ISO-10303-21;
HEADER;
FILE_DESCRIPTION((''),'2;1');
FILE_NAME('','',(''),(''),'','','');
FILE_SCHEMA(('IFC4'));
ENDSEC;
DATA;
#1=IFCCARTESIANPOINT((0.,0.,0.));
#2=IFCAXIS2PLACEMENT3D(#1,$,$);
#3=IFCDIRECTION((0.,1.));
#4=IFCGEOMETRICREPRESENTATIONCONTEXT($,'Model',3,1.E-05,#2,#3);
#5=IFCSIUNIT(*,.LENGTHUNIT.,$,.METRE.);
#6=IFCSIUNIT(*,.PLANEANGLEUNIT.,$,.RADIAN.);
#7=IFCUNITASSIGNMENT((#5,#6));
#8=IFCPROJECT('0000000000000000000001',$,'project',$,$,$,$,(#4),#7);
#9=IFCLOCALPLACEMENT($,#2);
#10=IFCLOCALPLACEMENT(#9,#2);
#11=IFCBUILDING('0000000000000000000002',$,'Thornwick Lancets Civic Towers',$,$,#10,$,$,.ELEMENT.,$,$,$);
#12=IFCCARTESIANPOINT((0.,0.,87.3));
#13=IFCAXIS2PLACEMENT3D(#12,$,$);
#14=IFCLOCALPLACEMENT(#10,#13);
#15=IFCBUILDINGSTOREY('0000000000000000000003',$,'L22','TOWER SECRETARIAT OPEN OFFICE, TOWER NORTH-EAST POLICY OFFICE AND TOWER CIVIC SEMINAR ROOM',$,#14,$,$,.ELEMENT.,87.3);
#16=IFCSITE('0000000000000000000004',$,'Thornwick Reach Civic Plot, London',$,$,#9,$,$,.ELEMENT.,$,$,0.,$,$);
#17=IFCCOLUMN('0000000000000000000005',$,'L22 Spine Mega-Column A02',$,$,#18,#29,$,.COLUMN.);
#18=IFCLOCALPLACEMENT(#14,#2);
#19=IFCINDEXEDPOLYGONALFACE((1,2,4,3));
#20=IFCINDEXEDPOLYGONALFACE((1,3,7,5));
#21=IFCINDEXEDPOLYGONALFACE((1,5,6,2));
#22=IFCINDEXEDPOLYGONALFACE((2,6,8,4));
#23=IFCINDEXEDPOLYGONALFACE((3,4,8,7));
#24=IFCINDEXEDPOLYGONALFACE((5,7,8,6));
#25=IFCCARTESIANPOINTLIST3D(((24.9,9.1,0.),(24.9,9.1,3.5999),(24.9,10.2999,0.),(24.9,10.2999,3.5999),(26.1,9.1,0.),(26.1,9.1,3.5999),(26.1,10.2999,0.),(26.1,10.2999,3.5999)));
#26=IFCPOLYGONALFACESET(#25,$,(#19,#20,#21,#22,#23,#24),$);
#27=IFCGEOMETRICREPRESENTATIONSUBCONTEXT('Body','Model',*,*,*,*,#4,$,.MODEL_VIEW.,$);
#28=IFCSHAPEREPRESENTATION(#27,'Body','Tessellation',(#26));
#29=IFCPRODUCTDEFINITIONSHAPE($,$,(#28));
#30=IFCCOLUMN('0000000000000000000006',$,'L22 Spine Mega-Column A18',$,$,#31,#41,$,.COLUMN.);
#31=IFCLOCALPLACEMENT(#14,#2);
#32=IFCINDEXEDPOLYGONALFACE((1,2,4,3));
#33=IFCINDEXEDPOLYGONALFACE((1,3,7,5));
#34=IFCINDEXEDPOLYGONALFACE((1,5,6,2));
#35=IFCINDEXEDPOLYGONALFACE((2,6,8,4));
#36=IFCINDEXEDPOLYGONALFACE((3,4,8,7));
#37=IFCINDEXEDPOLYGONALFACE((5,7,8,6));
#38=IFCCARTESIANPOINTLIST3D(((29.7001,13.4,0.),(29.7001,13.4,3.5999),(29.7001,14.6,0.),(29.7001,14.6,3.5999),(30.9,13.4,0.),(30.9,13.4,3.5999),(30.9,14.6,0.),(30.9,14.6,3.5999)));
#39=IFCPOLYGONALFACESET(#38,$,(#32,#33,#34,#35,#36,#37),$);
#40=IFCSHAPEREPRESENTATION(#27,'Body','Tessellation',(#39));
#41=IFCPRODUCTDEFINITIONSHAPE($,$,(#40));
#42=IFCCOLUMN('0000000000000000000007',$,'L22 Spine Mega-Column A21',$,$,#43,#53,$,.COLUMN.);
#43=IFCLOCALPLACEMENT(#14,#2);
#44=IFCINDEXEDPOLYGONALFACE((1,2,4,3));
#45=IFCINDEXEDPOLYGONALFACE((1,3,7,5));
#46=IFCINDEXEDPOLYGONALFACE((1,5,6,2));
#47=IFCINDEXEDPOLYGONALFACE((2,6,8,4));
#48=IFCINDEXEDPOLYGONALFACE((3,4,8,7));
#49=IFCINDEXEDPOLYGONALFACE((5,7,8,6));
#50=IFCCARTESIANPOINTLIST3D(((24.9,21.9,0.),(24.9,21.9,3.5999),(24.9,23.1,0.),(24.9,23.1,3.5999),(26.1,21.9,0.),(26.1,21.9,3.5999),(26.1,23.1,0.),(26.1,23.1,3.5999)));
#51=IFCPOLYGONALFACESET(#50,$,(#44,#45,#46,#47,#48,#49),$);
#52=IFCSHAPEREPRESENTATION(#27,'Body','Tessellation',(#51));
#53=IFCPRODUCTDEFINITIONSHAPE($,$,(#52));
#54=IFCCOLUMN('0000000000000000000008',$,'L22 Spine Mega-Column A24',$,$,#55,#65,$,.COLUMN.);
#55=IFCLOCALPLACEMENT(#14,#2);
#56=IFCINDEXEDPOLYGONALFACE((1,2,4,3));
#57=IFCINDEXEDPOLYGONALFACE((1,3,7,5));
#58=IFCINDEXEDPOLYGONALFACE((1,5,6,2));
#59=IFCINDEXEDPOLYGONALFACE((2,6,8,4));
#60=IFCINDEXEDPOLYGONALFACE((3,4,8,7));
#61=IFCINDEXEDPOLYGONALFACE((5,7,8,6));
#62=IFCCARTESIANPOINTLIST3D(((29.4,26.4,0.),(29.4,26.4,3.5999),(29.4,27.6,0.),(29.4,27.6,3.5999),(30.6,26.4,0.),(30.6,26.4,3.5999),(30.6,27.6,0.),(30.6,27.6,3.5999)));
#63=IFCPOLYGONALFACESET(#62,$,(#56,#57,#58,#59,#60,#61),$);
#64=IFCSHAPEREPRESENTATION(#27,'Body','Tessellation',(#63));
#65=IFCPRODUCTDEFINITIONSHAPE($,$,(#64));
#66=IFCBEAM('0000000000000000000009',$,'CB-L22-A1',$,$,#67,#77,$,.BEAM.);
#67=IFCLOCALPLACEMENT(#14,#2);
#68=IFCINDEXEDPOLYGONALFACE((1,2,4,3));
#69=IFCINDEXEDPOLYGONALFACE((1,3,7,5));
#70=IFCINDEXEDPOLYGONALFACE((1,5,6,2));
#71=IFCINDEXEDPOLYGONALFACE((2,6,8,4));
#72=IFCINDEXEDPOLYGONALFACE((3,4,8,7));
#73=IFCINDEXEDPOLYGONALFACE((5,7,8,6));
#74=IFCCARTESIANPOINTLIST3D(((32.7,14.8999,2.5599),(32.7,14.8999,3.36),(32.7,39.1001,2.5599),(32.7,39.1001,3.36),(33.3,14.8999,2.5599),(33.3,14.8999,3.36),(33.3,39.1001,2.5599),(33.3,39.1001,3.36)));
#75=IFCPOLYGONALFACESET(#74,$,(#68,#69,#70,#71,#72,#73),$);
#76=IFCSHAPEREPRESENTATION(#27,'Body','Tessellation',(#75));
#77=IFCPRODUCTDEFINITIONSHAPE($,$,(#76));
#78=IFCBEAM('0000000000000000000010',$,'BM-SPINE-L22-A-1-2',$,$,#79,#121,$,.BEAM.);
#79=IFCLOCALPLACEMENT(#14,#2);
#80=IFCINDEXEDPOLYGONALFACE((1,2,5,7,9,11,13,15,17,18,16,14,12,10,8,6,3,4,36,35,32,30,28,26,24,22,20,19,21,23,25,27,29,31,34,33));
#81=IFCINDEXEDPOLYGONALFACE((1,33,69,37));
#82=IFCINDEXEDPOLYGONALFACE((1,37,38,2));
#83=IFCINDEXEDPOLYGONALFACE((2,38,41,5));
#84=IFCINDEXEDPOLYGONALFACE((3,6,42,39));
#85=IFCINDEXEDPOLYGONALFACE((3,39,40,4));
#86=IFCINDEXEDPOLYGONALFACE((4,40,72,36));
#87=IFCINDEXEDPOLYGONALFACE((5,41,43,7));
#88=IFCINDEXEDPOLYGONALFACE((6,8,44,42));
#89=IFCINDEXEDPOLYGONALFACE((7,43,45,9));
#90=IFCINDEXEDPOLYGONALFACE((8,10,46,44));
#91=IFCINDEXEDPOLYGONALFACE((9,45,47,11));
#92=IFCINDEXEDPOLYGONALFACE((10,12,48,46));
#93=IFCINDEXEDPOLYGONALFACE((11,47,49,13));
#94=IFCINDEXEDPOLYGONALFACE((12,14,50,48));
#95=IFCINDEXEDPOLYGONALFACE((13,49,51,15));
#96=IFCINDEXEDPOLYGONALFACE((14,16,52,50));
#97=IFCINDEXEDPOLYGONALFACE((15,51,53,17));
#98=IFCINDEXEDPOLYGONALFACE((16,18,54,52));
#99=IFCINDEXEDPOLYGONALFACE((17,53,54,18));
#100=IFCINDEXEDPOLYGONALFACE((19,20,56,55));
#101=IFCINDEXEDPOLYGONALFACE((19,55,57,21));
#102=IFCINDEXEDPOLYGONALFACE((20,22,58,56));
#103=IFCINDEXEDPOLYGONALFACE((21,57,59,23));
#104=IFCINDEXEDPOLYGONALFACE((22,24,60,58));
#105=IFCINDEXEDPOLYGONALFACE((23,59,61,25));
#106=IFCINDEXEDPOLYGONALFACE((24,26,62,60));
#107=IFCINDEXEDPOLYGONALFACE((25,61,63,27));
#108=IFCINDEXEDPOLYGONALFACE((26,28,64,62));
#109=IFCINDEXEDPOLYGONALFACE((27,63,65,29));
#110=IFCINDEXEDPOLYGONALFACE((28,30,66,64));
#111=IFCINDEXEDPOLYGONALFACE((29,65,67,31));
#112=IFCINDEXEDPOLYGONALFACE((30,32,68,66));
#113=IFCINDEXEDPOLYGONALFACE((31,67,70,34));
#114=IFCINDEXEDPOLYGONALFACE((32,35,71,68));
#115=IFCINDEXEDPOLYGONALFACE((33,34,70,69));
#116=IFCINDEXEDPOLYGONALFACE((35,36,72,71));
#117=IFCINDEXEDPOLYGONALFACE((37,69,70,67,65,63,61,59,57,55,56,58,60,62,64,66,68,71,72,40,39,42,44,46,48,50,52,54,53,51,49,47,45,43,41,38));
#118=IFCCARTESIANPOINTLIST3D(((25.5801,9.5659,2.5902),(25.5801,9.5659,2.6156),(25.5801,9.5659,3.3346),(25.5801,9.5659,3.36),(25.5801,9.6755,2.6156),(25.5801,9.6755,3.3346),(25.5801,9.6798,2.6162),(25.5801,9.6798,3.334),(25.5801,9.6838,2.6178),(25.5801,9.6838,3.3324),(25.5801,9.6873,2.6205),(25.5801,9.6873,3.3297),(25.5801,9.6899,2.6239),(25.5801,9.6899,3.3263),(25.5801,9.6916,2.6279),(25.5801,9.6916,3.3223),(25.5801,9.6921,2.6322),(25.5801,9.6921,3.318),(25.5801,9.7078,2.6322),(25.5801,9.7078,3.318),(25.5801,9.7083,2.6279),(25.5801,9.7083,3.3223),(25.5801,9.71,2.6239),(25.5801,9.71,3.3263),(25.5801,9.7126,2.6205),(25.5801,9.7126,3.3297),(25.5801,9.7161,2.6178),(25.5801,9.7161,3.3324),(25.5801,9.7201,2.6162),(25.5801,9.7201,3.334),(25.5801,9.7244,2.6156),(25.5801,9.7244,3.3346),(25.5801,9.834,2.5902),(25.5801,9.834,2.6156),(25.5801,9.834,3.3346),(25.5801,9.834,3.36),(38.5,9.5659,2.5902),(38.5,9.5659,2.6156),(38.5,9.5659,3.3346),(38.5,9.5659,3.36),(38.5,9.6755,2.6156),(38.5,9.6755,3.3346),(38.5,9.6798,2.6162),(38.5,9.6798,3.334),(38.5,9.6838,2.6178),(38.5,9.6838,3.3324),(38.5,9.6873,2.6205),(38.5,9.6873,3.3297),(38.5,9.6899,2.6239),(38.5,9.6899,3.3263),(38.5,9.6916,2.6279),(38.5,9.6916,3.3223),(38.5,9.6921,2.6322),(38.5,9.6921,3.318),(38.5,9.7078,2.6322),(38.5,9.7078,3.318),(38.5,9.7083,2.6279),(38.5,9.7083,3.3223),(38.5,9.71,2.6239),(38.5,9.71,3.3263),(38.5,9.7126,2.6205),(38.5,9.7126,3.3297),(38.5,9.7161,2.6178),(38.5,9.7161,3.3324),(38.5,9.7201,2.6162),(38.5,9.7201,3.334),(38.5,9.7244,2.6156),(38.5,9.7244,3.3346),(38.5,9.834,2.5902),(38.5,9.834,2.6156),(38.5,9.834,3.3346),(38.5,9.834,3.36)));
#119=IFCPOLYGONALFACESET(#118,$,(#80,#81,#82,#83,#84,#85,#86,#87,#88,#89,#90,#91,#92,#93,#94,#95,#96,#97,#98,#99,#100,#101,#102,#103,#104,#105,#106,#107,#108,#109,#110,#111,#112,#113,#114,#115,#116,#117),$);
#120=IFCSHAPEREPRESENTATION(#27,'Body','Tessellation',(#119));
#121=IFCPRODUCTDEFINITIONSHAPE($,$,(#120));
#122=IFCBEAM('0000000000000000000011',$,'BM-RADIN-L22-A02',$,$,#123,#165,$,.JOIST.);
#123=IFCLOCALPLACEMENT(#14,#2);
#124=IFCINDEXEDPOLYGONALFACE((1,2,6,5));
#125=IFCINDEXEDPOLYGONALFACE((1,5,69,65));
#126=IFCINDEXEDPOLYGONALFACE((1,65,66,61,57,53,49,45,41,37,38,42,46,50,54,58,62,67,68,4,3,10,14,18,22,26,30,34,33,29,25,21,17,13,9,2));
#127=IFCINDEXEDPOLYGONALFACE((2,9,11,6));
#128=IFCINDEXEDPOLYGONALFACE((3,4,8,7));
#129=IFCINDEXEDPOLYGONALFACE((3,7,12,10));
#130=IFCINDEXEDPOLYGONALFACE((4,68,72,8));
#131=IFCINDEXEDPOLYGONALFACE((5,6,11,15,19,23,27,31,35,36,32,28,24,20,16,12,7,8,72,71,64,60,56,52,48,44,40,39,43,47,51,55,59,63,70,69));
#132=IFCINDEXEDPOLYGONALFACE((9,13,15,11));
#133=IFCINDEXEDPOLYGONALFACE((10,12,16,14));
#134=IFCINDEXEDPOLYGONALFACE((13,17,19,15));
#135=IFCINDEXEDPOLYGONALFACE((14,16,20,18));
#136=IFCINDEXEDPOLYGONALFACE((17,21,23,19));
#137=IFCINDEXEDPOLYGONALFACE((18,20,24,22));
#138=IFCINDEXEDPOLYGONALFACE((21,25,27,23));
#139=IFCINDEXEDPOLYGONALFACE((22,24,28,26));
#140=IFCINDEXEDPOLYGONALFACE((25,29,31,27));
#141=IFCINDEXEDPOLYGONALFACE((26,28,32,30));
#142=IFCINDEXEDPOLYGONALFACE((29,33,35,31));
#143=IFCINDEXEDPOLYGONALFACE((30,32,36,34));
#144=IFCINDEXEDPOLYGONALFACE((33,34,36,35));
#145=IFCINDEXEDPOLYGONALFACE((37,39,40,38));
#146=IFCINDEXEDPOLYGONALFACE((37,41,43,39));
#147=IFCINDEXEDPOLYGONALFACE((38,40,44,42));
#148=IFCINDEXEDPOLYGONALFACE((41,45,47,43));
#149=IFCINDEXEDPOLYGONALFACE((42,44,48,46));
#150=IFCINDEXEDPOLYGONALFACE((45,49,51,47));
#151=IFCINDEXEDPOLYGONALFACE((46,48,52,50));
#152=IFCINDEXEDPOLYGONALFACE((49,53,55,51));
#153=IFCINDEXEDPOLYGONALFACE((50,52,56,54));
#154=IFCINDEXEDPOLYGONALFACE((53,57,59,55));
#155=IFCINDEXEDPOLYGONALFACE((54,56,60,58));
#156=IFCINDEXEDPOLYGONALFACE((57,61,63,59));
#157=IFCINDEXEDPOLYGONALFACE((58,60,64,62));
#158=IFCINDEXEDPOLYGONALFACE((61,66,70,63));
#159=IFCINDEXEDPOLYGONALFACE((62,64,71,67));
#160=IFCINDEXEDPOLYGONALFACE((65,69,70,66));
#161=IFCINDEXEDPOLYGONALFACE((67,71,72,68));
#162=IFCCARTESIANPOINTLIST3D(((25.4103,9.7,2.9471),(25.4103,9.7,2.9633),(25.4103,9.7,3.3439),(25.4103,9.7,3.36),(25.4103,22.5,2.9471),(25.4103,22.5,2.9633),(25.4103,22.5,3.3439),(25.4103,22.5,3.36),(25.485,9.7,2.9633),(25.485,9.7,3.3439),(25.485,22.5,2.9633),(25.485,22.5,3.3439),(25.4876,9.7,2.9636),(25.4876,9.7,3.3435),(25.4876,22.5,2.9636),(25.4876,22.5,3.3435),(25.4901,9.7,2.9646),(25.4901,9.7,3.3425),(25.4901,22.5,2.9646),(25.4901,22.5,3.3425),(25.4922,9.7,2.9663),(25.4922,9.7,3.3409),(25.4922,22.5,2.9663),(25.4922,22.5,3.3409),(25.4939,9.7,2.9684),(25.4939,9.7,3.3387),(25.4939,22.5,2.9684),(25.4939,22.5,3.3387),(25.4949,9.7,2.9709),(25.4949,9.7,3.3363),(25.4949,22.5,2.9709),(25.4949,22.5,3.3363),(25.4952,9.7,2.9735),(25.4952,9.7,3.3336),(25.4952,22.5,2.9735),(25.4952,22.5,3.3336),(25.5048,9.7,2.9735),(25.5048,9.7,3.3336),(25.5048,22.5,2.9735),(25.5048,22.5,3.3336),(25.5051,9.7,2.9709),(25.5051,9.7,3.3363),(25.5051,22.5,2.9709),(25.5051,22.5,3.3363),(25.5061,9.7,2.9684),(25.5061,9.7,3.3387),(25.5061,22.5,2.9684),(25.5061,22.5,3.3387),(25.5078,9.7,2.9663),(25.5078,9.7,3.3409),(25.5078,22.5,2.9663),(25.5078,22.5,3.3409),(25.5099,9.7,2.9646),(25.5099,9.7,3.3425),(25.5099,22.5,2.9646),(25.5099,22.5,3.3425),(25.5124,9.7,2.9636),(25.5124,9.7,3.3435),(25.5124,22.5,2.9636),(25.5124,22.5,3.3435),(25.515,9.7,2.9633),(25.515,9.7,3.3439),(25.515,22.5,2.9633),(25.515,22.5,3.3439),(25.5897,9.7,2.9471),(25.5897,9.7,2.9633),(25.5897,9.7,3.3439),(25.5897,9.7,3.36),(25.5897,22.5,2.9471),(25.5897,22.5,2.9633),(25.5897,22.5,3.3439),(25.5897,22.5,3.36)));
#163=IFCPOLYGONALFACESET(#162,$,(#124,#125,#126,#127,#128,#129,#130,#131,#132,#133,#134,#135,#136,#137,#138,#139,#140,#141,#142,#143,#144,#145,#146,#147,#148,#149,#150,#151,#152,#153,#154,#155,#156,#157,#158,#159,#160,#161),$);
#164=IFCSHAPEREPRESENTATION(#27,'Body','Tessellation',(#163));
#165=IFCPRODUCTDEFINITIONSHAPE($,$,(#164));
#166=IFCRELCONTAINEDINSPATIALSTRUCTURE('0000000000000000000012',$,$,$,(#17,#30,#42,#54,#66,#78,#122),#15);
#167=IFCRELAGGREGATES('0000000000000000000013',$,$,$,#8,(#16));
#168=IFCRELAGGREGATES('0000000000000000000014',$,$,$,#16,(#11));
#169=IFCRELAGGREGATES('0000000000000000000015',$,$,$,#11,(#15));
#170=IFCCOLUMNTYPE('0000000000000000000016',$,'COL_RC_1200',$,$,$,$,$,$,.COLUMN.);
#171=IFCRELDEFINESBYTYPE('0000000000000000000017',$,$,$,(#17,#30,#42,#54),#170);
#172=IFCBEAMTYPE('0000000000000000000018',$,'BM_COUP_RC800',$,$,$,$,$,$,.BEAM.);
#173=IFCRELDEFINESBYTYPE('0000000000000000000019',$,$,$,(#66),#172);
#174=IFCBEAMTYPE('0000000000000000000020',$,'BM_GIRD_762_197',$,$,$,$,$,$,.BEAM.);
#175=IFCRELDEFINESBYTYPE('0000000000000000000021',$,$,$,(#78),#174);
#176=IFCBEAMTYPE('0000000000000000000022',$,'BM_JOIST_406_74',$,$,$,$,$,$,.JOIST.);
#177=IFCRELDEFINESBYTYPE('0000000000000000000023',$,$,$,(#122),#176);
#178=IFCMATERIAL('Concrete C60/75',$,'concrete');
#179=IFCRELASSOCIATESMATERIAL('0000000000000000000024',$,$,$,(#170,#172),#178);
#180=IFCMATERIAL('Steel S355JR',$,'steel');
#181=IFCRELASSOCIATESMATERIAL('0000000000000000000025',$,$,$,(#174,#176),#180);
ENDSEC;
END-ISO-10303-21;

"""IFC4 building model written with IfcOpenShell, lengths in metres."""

from ifc_helpers import new_model, si_unit, direction, frame, origin, origin_2d, place, context, subcontext, project, spatial, rectangle, i_section, extrude, material, material_profile, profile_set, type_object, element, save


model = new_model("IFC4")

# Units and contexts
model_context = context("Model", 3, precision=1e-05, world=origin(), true_north=direction((0.0, 1.0)))
body_context = subcontext(model_context, "Body", "Model", "MODEL_VIEW")
ifc_project = project(units=[si_unit("LENGTHUNIT", "METRE"), si_unit("PLANEANGLEUNIT", "RADIAN")], contexts=[model_context])

# Site, building, storey
site_placement = place(None, origin())
site = spatial("IfcSite", under=ifc_project, at=site_placement, Name="Thornwick Reach Civic Plot, London", CompositionType="ELEMENT", RefElevation=0.0)
building_placement = place(site_placement, origin())
building = spatial("IfcBuilding", under=site, at=building_placement, Name="Thornwick Lancets Civic Towers", CompositionType="ELEMENT")
storey_placement = place(building_placement, frame((0.0, 0.0, 87.3)))
storey = spatial("IfcBuildingStorey", under=building, at=storey_placement, Name="L22", Description="TOWER SECRETARIAT OPEN OFFICE, TOWER NORTH-EAST POLICY OFFICE AND TOWER CIVIC SEMINAR ROOM", CompositionType="ELEMENT", Elevation=87.3)

# Columns
ifc_material_1 = material(Name="Concrete C60/75", Category="concrete")
ifc_material_profile_1 = material_profile(ifc_material_1, rectangle(XDim=1.2, YDim=1.2, at=origin_2d()), Name="RC 1200x1200")
ifc_profile_set_1 = profile_set([ifc_material_profile_1], Name="Concrete C60/75")
column_type = type_object("IfcColumnType", Name="COL_RC_1200", PredefinedType="COLUMN", material=ifc_profile_set_1)
for number, where, z_axis, x_axis, name in (
    (1, (25.5, 9.7, 0.0), (0.0, 0.0, 1.0), (1.0, 0.0, 0.0), "L22 Spine Mega-Column A02"),
    (2, (30.3, 14.0, 0.0), (0.0, 0.0, 1.0), (1.0, 0.0, 0.0), "L22 Spine Mega-Column A18"),
    (3, (25.5, 22.5, 0.0), (0.0, 0.0, 1.0), (1.0, 0.0, 0.0), "L22 Spine Mega-Column A21"),
    (4, (30.0, 27.0, 0.0), (0.0, 0.0, 1.0), (1.0, 0.0, 0.0), "L22 Spine Mega-Column A24"),
):
    element("IfcColumn", number, at=place(storey_placement, frame(where, z_axis=z_axis, x_axis=x_axis)), inside=storey, type_object=column_type, Name=name, PredefinedType="COLUMN", context=body_context, shape_type="SweptSolid", body=[
        extrude(rectangle(XDim=1.2, YDim=1.2, at=origin_2d()), origin(), (0.0, 0.0, 1.0), 3.5999),
    ])

# Beams
ifc_material_profile_2 = material_profile(ifc_material_1, rectangle(XDim=0.6001, YDim=0.8, at=origin_2d()), Name="RC 600x800")
ifc_profile_set_2 = profile_set([ifc_material_profile_2], Name="Concrete C60/75")
beam_type_1 = type_object("IfcBeamType", Name="BM_COUP_RC800", PredefinedType="BEAM", material=ifc_profile_set_2)
beam_1_placement = place(storey_placement, frame((33.0, 14.8999, 2.96), z_axis=(0.0, 1.0, 0.0), x_axis=(-1.0, 0.0, 0.0)))
element("IfcBeam", 5, at=beam_1_placement, inside=storey, type_object=beam_type_1, Name="CB-L22-A1", PredefinedType="BEAM", context=body_context, shape_type="SweptSolid", body=[
    extrude(rectangle(XDim=0.6001, YDim=0.8, at=origin_2d()), origin(), (0.0, 0.0, 1.0), 24.2002),
])
ifc_material_2 = material(Name="Steel S355JR", Category="steel")
ifc_material_profile_3 = material_profile(ifc_material_2, i_section(OverallWidth=0.2681, OverallDepth=0.7698, WebThickness=0.0156, FlangeThickness=0.0254, FilletRadius=0.0166, at=origin_2d()), Name="UKB 762x267x197")
ifc_profile_set_3 = profile_set([ifc_material_profile_3], Name="Steel S355JR")
beam_type_2 = type_object("IfcBeamType", Name="BM_GIRD_762_197", PredefinedType="BEAM", material=ifc_profile_set_3)
beam_2_placement = place(storey_placement, frame((25.5801, 9.7, 2.9751), z_axis=(1.0, 0.0, 0.0), x_axis=(0.0, 1.0, 0.0)))
element("IfcBeam", 6, at=beam_2_placement, inside=storey, type_object=beam_type_2, Name="BM-SPINE-L22-A-1-2", PredefinedType="BEAM", context=body_context, shape_type="SweptSolid", body=[
    extrude(i_section(OverallWidth=0.2681, OverallDepth=0.7698, WebThickness=0.0156, FlangeThickness=0.0254, FilletRadius=0.0166, at=origin_2d()), origin(), (0.0, 0.0, 1.0), 12.9199),
])
ifc_material_profile_4 = material_profile(ifc_material_2, i_section(OverallWidth=0.1794, OverallDepth=0.4128, WebThickness=0.0095, FlangeThickness=0.0161, FilletRadius=0.0103, at=origin_2d()), Name="UKB 406x178x74")
ifc_profile_set_4 = profile_set([ifc_material_profile_4], Name="Steel S355JR")
beam_type_3 = type_object("IfcBeamType", Name="BM_JOIST_406_74", PredefinedType="JOIST", material=ifc_profile_set_4)
beam_3_placement = place(storey_placement, frame((25.5, 22.5, 3.1536), z_axis=(0.0, -1.0, 0.0), x_axis=(1.0, 0.0, 0.0)))
element("IfcBeam", 7, at=beam_3_placement, inside=storey, type_object=beam_type_3, Name="BM-RADIN-L22-A02", PredefinedType="JOIST", context=body_context, shape_type="SweptSolid", body=[
    extrude(i_section(OverallWidth=0.1794, OverallDepth=0.4128, WebThickness=0.0095, FlangeThickness=0.0161, FilletRadius=0.0103, at=origin_2d()), origin(), (0.0, 0.0, 1.0), 12.8),
])

save(model, "model.ifc")
